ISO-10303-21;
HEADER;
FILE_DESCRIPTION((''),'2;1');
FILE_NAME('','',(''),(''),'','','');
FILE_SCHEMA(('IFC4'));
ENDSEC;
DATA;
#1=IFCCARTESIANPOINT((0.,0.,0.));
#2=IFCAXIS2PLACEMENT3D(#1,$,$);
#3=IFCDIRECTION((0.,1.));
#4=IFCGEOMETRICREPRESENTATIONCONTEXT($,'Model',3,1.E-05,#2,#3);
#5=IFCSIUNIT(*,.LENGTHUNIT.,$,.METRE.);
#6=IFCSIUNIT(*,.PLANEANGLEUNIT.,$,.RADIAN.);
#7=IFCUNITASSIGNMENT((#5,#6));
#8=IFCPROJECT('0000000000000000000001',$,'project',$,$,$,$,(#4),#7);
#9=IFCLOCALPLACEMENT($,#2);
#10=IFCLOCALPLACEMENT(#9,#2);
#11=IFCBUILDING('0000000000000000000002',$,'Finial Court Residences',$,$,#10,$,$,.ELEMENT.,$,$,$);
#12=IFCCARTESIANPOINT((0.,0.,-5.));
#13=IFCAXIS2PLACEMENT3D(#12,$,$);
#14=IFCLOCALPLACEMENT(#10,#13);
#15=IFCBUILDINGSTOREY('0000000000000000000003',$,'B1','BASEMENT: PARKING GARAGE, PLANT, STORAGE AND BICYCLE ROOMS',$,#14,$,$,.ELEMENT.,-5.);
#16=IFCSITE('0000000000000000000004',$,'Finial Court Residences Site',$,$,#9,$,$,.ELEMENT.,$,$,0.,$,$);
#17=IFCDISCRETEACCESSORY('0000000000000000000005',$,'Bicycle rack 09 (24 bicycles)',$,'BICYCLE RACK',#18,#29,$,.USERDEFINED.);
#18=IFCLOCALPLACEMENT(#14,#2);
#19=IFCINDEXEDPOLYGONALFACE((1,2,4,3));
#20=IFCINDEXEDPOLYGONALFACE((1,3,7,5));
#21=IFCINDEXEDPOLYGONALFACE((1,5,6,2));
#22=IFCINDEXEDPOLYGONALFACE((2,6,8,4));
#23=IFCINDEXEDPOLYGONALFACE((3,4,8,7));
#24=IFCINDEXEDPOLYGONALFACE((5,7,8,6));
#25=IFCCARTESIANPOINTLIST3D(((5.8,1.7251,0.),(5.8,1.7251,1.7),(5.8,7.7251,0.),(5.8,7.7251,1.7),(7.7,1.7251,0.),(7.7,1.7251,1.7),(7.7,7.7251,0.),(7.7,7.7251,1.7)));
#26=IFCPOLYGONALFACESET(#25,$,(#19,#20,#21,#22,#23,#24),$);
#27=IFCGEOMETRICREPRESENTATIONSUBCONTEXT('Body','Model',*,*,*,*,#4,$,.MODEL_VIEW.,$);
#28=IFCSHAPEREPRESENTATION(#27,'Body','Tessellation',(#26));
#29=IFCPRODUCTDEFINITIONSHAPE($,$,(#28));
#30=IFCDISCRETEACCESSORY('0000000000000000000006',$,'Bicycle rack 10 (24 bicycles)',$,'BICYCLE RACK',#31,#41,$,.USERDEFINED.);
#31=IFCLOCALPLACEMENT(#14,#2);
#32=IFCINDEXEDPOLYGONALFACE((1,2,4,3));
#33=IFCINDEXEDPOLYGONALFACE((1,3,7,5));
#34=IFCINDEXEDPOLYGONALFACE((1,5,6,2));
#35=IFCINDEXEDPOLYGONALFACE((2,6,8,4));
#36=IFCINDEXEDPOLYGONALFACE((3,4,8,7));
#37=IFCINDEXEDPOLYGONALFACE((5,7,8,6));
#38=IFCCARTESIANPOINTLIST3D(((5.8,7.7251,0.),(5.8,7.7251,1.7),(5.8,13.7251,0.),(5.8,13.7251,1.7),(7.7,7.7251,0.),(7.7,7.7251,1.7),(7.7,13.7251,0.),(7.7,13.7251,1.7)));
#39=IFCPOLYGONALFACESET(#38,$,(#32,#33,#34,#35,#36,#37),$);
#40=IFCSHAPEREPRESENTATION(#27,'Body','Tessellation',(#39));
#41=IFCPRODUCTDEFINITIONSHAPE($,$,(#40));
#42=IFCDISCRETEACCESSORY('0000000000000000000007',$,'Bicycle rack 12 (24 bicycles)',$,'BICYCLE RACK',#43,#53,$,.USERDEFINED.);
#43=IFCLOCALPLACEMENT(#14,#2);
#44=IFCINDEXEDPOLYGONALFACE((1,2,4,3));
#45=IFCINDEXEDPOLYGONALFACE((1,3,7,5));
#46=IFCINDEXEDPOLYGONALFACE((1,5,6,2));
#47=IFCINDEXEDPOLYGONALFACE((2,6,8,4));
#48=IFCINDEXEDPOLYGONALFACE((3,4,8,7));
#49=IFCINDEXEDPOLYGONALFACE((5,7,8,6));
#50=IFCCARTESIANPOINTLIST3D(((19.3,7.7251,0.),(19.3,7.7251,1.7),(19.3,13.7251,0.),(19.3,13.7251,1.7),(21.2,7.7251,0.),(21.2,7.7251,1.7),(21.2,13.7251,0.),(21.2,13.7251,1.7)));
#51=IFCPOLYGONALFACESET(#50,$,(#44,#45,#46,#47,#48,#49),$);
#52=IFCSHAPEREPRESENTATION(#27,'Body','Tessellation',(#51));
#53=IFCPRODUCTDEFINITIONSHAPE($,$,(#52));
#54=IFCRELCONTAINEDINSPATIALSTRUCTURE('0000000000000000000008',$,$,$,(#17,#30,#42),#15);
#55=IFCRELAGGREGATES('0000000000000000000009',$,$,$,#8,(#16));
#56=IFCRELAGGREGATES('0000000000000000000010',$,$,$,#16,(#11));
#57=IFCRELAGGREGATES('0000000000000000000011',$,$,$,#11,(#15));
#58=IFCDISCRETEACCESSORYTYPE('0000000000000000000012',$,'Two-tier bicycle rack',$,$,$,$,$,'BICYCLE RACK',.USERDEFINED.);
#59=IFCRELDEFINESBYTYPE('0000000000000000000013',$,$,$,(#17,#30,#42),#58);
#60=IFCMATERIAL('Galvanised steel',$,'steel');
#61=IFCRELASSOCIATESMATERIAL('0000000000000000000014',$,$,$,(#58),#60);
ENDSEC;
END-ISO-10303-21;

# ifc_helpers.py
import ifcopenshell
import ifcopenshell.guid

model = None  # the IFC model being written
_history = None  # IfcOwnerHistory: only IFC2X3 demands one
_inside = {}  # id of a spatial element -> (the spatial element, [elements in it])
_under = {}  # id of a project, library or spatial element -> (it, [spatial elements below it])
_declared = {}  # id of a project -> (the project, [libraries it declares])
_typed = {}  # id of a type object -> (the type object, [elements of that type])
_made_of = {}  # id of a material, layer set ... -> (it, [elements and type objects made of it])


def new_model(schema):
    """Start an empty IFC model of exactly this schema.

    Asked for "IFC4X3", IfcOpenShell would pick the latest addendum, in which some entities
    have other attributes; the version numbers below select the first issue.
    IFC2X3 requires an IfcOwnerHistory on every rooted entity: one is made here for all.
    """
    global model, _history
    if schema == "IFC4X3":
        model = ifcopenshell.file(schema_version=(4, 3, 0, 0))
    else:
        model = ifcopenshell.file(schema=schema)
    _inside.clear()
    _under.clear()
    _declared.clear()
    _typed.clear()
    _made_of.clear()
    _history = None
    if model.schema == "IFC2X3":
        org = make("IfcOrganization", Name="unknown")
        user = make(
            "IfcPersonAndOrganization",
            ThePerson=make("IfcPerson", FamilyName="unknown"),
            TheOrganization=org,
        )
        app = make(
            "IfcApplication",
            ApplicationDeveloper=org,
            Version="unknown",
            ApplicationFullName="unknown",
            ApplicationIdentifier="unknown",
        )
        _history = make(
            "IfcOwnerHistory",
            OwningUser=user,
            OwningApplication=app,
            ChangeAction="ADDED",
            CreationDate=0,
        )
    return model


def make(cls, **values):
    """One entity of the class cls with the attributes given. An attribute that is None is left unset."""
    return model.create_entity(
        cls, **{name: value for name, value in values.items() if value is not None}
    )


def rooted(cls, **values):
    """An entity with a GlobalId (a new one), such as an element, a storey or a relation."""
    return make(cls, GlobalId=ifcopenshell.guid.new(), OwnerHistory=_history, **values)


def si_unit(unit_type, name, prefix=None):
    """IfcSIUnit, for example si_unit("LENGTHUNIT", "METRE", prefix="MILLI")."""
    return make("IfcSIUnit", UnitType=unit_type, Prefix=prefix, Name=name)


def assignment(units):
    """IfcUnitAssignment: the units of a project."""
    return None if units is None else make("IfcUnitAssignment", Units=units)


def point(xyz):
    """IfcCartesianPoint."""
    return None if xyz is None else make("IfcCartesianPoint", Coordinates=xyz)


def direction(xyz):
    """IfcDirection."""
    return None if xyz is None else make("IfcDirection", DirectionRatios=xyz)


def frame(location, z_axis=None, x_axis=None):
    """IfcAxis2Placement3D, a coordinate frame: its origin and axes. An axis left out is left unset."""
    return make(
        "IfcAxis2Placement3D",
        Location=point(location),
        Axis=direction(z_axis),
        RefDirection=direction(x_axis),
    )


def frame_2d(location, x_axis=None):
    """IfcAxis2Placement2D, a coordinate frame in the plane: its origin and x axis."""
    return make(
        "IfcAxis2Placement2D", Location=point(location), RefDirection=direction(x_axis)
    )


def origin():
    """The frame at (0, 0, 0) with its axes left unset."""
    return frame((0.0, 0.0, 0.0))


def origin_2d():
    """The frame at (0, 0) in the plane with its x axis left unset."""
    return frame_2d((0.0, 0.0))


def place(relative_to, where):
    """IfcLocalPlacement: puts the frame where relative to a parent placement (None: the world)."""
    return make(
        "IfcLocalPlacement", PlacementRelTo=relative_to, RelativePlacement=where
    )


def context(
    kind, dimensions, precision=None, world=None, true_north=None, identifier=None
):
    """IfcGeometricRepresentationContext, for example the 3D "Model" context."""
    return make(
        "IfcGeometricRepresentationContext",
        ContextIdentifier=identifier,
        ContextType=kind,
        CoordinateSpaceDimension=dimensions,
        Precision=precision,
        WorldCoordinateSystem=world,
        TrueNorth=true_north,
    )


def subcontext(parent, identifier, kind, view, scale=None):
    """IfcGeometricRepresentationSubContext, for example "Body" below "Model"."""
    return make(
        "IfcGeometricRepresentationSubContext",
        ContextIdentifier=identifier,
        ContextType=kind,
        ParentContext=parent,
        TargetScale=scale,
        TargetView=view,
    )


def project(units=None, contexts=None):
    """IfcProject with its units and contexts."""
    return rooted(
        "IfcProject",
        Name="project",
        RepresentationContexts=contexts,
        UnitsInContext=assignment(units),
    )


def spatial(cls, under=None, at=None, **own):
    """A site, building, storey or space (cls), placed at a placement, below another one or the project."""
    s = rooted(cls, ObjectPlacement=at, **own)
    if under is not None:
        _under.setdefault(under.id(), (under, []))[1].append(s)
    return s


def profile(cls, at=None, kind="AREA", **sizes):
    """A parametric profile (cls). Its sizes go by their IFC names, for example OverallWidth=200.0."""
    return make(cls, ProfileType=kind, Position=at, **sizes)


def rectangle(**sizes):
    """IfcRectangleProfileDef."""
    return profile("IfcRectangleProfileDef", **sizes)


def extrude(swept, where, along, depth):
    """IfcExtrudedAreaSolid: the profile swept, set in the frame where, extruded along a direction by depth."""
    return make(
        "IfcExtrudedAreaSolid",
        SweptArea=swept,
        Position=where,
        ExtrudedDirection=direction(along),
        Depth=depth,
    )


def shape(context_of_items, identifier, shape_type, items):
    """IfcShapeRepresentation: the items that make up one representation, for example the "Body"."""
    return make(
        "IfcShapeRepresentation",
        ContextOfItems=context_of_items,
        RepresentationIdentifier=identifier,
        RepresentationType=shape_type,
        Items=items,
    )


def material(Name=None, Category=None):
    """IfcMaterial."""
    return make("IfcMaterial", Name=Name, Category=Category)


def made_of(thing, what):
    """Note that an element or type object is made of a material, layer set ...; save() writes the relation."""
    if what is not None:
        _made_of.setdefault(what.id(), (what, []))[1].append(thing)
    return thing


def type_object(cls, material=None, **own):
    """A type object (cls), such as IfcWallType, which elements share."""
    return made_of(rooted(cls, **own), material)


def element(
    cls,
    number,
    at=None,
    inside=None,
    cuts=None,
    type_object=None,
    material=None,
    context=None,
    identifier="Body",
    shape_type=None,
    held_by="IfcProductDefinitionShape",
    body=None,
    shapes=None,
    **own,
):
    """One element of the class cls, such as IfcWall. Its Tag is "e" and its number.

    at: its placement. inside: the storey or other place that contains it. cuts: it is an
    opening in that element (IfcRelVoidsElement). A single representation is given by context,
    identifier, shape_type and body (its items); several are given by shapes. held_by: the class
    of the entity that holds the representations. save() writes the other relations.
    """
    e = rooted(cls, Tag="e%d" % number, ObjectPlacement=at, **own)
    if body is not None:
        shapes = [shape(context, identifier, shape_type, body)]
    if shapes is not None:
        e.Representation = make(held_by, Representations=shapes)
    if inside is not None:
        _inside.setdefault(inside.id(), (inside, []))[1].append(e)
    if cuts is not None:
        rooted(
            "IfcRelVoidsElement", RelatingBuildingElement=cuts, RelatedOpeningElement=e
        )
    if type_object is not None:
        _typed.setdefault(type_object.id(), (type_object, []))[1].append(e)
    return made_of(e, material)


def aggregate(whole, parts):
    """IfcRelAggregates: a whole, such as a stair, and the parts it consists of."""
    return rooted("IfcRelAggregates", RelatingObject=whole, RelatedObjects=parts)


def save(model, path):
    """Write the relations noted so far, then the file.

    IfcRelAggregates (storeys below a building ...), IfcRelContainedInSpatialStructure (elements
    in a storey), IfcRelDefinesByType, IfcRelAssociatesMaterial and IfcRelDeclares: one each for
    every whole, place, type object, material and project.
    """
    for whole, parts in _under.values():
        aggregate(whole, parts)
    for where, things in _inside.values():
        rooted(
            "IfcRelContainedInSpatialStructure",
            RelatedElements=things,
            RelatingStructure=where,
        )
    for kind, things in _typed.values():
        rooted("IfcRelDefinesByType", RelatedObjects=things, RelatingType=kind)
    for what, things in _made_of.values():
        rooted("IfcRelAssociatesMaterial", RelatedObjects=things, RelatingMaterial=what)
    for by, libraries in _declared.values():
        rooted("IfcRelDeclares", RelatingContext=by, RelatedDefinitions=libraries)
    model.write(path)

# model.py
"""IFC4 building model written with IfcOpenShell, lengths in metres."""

from ifc_helpers import new_model, si_unit, direction, frame, origin, origin_2d, place, context, subcontext, project, spatial, rectangle, extrude, material, type_object, element, save


model = new_model("IFC4")

# Units and contexts
model_context = context("Model", 3, precision=1e-05, world=origin(), true_north=direction((0.0, 1.0)))
body_context = subcontext(model_context, "Body", "Model", "MODEL_VIEW")
ifc_project = project(units=[si_unit("LENGTHUNIT", "METRE"), si_unit("PLANEANGLEUNIT", "RADIAN")], contexts=[model_context])

# Site, building, storey
site_placement = place(None, origin())
site = spatial("IfcSite", under=ifc_project, at=site_placement, Name="Finial Court Residences Site", CompositionType="ELEMENT", RefElevation=0.0)
building_placement = place(site_placement, origin())
building = spatial("IfcBuilding", under=site, at=building_placement, Name="Finial Court Residences", CompositionType="ELEMENT")
storey_placement = place(building_placement, frame((0.0, 0.0, -5.0)))
storey = spatial("IfcBuildingStorey", under=building, at=storey_placement, Name="B1", Description="BASEMENT: PARKING GARAGE, PLANT, STORAGE AND BICYCLE ROOMS", CompositionType="ELEMENT", Elevation=-5.0)

# Discrete accessories
ifc_material_1 = material(Name="Galvanised steel", Category="steel")
discrete_accessory_type = type_object("IfcDiscreteAccessoryType", Name="Two-tier bicycle rack", ElementType="BICYCLE RACK", PredefinedType="USERDEFINED", material=ifc_material_1)
for number, where, z_axis, x_axis, name in (
    (1, (6.75, 4.7251, 0.0), (0.0, 0.0, 1.0), (1.0, 0.0, 0.0), "Bicycle rack 09 (24 bicycles)"),
    (2, (6.75, 10.7251, 0.0), (0.0, 0.0, 1.0), (1.0, 0.0, 0.0), "Bicycle rack 10 (24 bicycles)"),
    (3, (20.25, 10.7251, 0.0), (0.0, 0.0, 1.0), (1.0, 0.0, 0.0), "Bicycle rack 12 (24 bicycles)"),
):
    element("IfcDiscreteAccessory", number, at=place(storey_placement, frame(where, z_axis=z_axis, x_axis=x_axis)), inside=storey, type_object=discrete_accessory_type, Name=name, ObjectType="BICYCLE RACK", PredefinedType="USERDEFINED", context=body_context, shape_type="SweptSolid", body=[
        extrude(rectangle(XDim=1.8999, YDim=6.0, at=origin_2d()), origin(), (0.0, 0.0, 1.0), 1.7),
    ])

save(model, "model.ifc")
